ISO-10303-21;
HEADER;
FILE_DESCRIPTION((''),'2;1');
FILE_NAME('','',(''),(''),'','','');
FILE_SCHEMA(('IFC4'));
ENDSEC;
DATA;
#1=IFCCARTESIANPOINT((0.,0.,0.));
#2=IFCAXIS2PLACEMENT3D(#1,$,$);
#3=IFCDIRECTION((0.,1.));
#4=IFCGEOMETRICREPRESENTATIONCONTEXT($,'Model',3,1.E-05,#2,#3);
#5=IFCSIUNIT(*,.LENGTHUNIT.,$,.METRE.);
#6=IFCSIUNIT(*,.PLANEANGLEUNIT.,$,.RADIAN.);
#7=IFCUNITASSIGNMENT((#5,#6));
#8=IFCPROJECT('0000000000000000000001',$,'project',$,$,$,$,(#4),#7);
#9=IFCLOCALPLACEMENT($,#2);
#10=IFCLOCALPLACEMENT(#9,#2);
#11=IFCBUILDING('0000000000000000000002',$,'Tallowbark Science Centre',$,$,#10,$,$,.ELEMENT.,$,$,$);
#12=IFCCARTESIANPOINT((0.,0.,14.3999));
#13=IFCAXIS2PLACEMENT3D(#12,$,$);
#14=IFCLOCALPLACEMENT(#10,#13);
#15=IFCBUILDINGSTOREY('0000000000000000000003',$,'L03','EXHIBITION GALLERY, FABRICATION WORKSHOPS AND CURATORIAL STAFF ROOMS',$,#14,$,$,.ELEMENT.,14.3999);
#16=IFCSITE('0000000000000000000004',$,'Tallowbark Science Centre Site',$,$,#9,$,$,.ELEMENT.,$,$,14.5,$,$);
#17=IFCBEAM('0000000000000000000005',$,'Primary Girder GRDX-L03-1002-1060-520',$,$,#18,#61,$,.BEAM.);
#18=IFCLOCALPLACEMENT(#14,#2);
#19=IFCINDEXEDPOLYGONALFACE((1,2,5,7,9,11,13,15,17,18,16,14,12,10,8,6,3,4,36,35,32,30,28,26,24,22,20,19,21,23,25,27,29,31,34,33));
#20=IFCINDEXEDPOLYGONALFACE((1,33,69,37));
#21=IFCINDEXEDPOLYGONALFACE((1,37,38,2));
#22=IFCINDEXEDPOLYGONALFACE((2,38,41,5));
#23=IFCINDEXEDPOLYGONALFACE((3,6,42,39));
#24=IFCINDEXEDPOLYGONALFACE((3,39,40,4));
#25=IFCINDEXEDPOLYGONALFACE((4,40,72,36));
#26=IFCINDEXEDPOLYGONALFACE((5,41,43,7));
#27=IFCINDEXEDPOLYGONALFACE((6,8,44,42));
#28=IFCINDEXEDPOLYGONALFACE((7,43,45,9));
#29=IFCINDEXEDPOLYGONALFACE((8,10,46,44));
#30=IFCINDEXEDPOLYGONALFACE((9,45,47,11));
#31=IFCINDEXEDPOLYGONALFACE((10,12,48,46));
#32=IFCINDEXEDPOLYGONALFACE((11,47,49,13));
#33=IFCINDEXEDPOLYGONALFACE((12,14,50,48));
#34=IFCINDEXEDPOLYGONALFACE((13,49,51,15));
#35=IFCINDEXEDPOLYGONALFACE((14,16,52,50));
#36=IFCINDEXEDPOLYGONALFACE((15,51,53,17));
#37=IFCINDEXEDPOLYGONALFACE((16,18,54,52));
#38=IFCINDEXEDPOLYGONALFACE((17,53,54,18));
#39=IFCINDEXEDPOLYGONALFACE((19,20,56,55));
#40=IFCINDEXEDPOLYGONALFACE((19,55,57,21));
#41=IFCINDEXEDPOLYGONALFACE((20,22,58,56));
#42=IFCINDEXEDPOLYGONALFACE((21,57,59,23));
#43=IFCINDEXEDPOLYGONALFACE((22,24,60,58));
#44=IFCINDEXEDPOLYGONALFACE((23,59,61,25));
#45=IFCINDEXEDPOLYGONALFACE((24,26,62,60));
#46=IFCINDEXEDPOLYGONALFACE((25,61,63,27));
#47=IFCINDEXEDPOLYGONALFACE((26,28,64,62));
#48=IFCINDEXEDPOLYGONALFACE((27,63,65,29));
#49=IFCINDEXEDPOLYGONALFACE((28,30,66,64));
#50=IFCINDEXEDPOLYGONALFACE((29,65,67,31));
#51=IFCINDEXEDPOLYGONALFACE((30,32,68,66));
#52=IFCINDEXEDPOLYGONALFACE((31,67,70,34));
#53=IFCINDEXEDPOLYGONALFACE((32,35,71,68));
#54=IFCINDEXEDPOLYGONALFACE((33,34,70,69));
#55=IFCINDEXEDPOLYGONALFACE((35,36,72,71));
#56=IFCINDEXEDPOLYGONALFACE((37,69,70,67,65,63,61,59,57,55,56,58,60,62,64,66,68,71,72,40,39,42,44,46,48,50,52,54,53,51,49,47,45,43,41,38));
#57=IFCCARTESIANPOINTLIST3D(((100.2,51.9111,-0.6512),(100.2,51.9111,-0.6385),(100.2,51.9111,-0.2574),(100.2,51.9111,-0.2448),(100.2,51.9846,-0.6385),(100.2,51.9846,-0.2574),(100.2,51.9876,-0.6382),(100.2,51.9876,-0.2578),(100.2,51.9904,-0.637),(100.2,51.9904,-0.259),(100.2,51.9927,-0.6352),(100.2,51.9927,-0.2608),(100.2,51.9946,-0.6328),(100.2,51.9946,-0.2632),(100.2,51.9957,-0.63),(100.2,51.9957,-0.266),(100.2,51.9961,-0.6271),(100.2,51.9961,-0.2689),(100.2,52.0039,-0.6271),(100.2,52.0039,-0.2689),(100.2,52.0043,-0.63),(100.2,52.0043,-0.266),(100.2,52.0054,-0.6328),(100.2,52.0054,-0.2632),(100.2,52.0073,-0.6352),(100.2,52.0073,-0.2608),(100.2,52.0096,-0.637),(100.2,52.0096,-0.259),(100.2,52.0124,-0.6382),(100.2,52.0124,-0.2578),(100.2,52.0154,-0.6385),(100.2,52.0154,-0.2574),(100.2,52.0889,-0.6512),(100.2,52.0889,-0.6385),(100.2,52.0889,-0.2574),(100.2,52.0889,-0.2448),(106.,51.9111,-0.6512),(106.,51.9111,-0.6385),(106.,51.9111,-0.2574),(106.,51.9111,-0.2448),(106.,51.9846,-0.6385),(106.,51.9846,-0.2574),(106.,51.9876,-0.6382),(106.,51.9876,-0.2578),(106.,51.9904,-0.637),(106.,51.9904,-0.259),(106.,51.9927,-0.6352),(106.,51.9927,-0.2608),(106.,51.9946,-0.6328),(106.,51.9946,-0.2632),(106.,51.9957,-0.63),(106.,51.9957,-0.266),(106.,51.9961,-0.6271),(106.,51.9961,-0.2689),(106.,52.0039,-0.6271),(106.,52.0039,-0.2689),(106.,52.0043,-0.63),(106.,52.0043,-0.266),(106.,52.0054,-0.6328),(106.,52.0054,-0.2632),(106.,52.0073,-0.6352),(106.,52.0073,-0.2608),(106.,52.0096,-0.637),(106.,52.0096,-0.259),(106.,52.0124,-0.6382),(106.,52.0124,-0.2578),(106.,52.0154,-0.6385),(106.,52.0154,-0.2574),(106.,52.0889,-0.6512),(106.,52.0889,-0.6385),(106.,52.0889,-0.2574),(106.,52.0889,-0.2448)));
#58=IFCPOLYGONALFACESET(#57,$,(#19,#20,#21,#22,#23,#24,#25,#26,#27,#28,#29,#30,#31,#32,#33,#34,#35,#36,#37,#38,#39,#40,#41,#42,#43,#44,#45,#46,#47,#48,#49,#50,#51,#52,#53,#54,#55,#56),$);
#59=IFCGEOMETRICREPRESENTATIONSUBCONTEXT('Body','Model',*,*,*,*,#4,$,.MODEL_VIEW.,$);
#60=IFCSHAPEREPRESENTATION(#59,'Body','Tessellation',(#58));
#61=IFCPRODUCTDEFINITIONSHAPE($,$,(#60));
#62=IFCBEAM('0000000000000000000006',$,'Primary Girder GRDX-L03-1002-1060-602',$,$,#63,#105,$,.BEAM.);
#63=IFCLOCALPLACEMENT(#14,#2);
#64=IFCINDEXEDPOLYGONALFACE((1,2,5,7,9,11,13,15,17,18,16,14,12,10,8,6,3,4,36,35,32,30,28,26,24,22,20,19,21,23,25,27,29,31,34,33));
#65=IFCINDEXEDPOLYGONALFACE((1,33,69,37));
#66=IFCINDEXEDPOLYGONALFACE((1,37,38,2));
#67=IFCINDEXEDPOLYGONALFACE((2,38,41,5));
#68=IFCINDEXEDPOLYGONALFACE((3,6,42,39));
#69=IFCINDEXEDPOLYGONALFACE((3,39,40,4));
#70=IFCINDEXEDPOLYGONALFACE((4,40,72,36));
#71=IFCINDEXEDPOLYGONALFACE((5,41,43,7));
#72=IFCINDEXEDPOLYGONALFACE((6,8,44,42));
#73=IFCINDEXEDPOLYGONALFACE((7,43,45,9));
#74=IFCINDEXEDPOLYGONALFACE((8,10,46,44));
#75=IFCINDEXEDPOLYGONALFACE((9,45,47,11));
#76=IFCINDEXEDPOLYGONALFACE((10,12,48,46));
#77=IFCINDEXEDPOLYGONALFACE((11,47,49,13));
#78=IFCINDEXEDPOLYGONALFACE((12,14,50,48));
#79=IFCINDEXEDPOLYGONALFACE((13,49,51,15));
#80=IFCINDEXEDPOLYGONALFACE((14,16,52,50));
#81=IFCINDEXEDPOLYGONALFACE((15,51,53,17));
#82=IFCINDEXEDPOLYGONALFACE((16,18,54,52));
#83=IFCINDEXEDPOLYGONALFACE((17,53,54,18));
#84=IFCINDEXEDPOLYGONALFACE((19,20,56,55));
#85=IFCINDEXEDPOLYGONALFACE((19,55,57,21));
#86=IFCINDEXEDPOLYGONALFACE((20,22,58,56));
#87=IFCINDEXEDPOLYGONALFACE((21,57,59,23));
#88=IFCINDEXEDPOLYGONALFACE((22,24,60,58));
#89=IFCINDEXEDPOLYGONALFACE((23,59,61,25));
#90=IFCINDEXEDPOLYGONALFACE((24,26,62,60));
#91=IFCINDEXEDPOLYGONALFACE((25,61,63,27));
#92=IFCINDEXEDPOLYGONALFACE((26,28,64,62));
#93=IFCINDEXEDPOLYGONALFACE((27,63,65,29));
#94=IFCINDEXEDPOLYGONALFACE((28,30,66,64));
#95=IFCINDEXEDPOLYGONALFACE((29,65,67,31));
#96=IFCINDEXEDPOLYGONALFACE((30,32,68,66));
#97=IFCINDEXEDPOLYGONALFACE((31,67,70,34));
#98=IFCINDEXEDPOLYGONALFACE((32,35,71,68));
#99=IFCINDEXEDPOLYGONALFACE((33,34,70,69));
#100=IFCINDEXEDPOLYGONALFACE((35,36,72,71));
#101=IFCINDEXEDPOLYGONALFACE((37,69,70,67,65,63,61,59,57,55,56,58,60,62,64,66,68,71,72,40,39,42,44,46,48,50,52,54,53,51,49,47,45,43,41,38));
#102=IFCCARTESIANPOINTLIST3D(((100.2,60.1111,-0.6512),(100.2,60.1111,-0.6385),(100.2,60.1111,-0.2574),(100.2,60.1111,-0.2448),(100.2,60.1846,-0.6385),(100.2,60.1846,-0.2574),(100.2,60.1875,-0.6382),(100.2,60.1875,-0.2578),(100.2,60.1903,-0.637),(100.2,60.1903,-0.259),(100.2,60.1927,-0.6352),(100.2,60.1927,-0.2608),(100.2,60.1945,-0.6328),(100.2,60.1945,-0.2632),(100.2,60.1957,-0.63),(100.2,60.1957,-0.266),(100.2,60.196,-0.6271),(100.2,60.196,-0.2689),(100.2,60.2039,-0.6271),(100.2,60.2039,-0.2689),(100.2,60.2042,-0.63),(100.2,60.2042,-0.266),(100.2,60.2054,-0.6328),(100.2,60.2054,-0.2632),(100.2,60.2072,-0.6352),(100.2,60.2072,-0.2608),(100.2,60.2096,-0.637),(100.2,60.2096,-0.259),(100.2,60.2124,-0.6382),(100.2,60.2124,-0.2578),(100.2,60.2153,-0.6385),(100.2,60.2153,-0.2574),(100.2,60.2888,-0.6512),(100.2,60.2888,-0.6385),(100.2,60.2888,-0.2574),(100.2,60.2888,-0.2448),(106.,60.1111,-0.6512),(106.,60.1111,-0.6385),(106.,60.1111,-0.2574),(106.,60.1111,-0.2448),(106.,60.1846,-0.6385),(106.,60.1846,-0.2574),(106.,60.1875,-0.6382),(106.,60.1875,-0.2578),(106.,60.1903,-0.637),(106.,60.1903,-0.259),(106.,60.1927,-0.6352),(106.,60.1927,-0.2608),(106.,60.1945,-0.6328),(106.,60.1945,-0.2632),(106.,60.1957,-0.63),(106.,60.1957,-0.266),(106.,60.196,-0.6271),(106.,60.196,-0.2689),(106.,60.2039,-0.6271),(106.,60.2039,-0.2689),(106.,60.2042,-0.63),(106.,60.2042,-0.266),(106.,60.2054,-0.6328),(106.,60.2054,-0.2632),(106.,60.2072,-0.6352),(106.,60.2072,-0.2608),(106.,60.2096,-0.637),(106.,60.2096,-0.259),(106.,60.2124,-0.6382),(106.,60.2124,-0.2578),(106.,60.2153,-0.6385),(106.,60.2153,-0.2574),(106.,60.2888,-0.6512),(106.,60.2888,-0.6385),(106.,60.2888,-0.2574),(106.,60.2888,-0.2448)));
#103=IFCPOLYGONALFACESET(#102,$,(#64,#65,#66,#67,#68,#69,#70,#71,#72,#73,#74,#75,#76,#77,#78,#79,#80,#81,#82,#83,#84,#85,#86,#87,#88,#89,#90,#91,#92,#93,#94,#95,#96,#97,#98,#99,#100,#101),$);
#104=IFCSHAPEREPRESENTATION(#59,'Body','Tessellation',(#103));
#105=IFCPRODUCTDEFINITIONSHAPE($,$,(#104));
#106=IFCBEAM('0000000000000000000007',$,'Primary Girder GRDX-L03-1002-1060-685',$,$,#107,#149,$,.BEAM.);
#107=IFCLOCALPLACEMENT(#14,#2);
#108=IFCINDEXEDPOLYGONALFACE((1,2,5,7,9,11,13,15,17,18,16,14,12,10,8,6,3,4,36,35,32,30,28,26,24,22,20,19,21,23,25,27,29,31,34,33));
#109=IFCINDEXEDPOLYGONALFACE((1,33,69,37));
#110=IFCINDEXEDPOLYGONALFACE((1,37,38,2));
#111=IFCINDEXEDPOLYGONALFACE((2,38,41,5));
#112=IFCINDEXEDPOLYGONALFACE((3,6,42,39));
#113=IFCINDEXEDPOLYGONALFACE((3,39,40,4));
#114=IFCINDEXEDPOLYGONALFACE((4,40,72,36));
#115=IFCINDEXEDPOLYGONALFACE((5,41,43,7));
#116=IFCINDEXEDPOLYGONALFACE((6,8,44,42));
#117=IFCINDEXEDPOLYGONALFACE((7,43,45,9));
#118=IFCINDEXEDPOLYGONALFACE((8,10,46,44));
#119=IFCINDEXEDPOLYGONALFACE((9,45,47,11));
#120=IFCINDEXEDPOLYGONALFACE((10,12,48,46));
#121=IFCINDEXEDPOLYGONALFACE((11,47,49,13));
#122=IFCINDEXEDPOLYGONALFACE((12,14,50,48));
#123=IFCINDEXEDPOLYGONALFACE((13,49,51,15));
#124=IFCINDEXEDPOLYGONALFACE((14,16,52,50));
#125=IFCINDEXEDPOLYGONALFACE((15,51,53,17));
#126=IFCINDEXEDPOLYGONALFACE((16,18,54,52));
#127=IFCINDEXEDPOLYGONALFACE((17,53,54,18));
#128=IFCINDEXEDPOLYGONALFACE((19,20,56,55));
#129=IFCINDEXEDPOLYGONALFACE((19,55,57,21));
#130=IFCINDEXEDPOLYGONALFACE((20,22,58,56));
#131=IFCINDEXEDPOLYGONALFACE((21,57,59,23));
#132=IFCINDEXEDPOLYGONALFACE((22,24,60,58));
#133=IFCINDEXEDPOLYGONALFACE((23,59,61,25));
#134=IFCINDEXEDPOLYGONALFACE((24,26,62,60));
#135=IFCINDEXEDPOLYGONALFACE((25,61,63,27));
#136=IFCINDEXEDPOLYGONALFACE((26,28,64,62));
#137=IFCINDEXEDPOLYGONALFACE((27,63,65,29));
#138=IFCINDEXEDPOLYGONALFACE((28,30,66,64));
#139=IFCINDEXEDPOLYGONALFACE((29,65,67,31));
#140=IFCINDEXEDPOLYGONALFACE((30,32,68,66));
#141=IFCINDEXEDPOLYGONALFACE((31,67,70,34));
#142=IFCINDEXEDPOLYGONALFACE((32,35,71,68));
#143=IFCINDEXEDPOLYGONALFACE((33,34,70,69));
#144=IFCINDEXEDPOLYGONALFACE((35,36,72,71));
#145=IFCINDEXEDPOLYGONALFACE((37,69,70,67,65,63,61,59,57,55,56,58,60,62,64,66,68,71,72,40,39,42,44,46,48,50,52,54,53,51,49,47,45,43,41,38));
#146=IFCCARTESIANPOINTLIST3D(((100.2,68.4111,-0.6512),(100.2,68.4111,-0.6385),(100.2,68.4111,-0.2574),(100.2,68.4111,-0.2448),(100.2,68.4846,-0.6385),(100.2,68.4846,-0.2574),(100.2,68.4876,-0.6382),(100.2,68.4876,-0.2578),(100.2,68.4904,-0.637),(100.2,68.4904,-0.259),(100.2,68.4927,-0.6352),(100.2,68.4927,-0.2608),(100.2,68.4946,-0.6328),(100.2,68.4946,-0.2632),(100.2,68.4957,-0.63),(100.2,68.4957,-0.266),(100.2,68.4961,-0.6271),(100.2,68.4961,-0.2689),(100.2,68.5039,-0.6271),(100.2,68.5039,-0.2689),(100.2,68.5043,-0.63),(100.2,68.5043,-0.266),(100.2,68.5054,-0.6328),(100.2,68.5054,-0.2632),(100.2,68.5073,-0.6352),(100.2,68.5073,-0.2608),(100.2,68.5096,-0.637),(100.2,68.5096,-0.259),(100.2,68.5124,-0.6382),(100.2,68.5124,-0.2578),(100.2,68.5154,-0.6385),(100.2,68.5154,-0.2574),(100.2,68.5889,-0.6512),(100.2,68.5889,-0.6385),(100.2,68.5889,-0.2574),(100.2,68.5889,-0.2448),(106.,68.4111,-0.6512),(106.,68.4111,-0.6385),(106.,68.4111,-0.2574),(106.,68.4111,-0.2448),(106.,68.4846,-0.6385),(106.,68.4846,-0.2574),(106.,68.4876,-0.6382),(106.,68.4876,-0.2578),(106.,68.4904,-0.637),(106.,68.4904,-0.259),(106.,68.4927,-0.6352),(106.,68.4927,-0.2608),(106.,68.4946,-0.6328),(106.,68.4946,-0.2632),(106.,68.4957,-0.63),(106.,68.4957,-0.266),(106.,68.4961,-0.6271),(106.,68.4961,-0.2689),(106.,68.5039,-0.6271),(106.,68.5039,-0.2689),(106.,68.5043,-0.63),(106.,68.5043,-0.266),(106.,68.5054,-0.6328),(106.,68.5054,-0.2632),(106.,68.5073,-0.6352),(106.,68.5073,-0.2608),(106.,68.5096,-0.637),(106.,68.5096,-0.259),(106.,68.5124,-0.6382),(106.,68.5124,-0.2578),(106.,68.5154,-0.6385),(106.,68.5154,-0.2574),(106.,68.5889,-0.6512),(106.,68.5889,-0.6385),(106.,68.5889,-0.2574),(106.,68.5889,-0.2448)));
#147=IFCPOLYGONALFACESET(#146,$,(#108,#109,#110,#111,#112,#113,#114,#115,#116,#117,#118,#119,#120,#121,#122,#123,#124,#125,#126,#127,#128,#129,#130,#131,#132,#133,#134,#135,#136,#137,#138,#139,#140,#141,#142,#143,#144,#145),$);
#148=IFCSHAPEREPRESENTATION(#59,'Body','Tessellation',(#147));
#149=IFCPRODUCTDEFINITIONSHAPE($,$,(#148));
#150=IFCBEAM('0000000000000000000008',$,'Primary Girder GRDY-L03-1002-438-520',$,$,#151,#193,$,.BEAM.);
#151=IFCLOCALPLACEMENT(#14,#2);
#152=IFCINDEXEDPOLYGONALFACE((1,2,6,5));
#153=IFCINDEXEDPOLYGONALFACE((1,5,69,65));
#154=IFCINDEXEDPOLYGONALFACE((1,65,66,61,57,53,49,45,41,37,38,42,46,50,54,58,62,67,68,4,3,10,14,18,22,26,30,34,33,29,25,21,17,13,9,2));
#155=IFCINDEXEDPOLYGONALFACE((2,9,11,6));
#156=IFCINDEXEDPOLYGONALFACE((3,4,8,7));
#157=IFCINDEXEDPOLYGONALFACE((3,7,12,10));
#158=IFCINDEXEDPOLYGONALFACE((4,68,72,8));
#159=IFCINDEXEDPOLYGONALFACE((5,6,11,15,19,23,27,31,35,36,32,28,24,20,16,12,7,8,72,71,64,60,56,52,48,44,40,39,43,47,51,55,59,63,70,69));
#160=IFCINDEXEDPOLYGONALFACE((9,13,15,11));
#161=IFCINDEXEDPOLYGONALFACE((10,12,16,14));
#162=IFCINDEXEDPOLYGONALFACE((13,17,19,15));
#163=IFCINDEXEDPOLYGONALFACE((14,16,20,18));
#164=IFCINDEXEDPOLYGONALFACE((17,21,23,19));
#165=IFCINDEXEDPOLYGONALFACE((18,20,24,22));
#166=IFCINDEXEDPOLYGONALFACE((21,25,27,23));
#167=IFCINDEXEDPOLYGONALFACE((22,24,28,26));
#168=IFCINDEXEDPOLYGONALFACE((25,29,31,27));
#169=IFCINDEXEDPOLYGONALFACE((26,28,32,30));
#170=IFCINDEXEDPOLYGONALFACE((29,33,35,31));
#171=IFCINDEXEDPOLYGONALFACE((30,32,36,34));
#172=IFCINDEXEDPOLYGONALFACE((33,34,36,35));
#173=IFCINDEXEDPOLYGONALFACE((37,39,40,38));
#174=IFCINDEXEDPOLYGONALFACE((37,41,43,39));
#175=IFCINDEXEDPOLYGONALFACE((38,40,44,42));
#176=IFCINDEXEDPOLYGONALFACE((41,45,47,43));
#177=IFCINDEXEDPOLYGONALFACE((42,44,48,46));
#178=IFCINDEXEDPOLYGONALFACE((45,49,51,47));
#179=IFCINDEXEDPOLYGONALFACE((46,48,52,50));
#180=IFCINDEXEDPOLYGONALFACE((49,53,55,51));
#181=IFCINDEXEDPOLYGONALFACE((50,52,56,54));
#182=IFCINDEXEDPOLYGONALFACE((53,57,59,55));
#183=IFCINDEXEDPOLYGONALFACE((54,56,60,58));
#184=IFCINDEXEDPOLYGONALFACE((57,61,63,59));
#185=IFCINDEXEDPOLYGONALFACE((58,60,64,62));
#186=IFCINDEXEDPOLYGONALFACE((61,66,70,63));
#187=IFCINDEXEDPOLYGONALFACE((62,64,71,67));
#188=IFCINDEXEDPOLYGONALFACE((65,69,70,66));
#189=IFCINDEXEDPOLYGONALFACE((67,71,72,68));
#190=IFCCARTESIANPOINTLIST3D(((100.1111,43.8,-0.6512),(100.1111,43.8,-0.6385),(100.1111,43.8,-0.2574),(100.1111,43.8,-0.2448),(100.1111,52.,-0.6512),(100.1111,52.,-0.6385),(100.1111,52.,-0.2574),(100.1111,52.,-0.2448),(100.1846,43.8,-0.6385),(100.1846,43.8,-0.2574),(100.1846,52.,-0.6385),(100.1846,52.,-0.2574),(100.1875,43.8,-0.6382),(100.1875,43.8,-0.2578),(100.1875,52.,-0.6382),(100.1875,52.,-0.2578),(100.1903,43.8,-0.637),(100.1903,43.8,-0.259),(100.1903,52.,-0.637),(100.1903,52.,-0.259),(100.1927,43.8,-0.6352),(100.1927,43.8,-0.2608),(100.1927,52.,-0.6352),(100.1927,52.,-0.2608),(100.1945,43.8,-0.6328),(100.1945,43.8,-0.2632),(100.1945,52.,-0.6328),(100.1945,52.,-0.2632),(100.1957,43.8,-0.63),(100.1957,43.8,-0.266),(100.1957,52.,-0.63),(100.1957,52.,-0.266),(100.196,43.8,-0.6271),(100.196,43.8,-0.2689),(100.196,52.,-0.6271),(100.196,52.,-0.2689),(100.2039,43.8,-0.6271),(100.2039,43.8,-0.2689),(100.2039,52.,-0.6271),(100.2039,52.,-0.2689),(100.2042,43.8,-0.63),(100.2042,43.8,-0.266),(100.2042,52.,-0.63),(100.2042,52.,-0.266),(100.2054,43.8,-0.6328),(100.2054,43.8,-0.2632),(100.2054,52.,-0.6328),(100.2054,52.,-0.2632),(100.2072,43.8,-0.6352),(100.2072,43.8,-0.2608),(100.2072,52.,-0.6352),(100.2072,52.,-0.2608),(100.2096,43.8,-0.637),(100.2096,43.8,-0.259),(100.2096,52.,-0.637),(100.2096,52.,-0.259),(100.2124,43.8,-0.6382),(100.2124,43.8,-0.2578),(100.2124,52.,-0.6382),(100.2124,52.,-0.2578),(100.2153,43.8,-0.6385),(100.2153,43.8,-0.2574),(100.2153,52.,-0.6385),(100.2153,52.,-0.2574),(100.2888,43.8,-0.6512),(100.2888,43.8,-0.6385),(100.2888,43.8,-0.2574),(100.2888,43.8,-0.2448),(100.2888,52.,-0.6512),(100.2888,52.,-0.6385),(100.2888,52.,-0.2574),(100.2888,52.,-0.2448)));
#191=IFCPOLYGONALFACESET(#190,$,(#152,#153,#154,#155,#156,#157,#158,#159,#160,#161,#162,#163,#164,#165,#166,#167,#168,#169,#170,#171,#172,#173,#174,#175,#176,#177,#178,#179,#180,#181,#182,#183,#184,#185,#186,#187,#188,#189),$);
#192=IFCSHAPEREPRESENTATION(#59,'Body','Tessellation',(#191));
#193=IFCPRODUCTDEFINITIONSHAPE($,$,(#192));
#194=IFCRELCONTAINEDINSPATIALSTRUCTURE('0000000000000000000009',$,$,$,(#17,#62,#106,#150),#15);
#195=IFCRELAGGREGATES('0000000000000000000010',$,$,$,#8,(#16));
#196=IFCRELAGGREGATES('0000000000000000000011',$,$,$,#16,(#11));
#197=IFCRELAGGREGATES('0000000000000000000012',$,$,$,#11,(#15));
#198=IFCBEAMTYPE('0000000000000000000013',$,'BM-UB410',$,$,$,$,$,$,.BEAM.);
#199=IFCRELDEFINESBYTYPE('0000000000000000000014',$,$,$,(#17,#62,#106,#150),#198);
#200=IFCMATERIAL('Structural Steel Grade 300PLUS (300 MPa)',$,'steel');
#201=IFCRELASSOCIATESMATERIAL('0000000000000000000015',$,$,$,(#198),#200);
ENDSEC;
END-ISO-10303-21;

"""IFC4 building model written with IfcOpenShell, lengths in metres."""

from ifc_helpers import new_model, si_unit, direction, frame, origin, origin_2d, place, context, subcontext, project, spatial, i_section, extrude, material, material_profile, profile_set, type_object, element, save


model = new_model("IFC4")

# Units and contexts
model_context = context("Model", 3, precision=1e-05, world=origin(), true_north=direction((0.0, 1.0)))
body_context = subcontext(model_context, "Body", "Model", "MODEL_VIEW")
ifc_project = project(units=[si_unit("LENGTHUNIT", "METRE"), si_unit("PLANEANGLEUNIT", "RADIAN")], contexts=[model_context])

# Site, building, storey
site_placement = place(None, origin())
site = spatial("IfcSite", under=ifc_project, at=site_placement, Name="Tallowbark Science Centre Site", CompositionType="ELEMENT", RefElevation=14.5)
building_placement = place(site_placement, origin())
building = spatial("IfcBuilding", under=site, at=building_placement, Name="Tallowbark Science Centre", CompositionType="ELEMENT")
storey_placement = place(building_placement, frame((0.0, 0.0, 14.3999)))
storey = spatial("IfcBuildingStorey", under=building, at=storey_placement, Name="L03", Description="EXHIBITION GALLERY, FABRICATION WORKSHOPS AND CURATORIAL STAFF ROOMS", CompositionType="ELEMENT", Elevation=14.3999)

# Beams
ifc_material_1 = material(Name="Structural Steel Grade 300PLUS (300 MPa)", Category="steel")
ifc_material_profile_1 = material_profile(ifc_material_1, i_section(OverallWidth=0.1777, OverallDepth=0.4065, WebThickness=0.0078, FlangeThickness=0.0127, FilletRadius=0.0115, at=origin_2d()), Name="410UB59.7")
ifc_profile_set_1 = profile_set([ifc_material_profile_1], Name="Structural Steel Grade 300PLUS (300 MPa)")
beam_type = type_object("IfcBeamType", Name="BM-UB410", PredefinedType="BEAM", material=ifc_profile_set_1)
for number, where, z_axis, x_axis, name in (
    (1, (100.2, 52.0, -0.448), (1.0, 0.0, 0.0), (0.0, 1.0, 0.0), "Primary Girder GRDX-L03-1002-1060-520"),
    (2, (100.2, 60.2, -0.448), (1.0, 0.0, 0.0), (0.0, 1.0, 0.0), "Primary Girder GRDX-L03-1002-1060-602"),
    (3, (100.2, 68.5, -0.448), (1.0, 0.0, 0.0), (0.0, 1.0, 0.0), "Primary Girder GRDX-L03-1002-1060-685"),
):
    element("IfcBeam", number, at=place(storey_placement, frame(where, z_axis=z_axis, x_axis=x_axis)), inside=storey, type_object=beam_type, Name=name, PredefinedType="BEAM", context=body_context, shape_type="SweptSolid", body=[
        extrude(i_section(OverallWidth=0.1777, OverallDepth=0.4065, WebThickness=0.0078, FlangeThickness=0.0127, FilletRadius=0.0115, at=origin_2d()), origin(), (0.0, 0.0, 1.0), 5.8),
    ])
for number, where, z_axis, x_axis, name in (
    (4, (100.2, 43.8, -0.448), (0.0, 1.0, 0.0), (-1.0, 0.0, 0.0), "Primary Girder GRDY-L03-1002-438-520"),
):
    element("IfcBeam", number, at=place(storey_placement, frame(where, z_axis=z_axis, x_axis=x_axis)), inside=storey, type_object=beam_type, Name=name, PredefinedType="BEAM", context=body_context, shape_type="SweptSolid", body=[
        extrude(i_section(OverallWidth=0.1777, OverallDepth=0.4065, WebThickness=0.0078, FlangeThickness=0.0127, FilletRadius=0.0115, at=origin_2d()), origin(), (0.0, 0.0, 1.0), 8.2),
    ])

save(model, "model.ifc")
